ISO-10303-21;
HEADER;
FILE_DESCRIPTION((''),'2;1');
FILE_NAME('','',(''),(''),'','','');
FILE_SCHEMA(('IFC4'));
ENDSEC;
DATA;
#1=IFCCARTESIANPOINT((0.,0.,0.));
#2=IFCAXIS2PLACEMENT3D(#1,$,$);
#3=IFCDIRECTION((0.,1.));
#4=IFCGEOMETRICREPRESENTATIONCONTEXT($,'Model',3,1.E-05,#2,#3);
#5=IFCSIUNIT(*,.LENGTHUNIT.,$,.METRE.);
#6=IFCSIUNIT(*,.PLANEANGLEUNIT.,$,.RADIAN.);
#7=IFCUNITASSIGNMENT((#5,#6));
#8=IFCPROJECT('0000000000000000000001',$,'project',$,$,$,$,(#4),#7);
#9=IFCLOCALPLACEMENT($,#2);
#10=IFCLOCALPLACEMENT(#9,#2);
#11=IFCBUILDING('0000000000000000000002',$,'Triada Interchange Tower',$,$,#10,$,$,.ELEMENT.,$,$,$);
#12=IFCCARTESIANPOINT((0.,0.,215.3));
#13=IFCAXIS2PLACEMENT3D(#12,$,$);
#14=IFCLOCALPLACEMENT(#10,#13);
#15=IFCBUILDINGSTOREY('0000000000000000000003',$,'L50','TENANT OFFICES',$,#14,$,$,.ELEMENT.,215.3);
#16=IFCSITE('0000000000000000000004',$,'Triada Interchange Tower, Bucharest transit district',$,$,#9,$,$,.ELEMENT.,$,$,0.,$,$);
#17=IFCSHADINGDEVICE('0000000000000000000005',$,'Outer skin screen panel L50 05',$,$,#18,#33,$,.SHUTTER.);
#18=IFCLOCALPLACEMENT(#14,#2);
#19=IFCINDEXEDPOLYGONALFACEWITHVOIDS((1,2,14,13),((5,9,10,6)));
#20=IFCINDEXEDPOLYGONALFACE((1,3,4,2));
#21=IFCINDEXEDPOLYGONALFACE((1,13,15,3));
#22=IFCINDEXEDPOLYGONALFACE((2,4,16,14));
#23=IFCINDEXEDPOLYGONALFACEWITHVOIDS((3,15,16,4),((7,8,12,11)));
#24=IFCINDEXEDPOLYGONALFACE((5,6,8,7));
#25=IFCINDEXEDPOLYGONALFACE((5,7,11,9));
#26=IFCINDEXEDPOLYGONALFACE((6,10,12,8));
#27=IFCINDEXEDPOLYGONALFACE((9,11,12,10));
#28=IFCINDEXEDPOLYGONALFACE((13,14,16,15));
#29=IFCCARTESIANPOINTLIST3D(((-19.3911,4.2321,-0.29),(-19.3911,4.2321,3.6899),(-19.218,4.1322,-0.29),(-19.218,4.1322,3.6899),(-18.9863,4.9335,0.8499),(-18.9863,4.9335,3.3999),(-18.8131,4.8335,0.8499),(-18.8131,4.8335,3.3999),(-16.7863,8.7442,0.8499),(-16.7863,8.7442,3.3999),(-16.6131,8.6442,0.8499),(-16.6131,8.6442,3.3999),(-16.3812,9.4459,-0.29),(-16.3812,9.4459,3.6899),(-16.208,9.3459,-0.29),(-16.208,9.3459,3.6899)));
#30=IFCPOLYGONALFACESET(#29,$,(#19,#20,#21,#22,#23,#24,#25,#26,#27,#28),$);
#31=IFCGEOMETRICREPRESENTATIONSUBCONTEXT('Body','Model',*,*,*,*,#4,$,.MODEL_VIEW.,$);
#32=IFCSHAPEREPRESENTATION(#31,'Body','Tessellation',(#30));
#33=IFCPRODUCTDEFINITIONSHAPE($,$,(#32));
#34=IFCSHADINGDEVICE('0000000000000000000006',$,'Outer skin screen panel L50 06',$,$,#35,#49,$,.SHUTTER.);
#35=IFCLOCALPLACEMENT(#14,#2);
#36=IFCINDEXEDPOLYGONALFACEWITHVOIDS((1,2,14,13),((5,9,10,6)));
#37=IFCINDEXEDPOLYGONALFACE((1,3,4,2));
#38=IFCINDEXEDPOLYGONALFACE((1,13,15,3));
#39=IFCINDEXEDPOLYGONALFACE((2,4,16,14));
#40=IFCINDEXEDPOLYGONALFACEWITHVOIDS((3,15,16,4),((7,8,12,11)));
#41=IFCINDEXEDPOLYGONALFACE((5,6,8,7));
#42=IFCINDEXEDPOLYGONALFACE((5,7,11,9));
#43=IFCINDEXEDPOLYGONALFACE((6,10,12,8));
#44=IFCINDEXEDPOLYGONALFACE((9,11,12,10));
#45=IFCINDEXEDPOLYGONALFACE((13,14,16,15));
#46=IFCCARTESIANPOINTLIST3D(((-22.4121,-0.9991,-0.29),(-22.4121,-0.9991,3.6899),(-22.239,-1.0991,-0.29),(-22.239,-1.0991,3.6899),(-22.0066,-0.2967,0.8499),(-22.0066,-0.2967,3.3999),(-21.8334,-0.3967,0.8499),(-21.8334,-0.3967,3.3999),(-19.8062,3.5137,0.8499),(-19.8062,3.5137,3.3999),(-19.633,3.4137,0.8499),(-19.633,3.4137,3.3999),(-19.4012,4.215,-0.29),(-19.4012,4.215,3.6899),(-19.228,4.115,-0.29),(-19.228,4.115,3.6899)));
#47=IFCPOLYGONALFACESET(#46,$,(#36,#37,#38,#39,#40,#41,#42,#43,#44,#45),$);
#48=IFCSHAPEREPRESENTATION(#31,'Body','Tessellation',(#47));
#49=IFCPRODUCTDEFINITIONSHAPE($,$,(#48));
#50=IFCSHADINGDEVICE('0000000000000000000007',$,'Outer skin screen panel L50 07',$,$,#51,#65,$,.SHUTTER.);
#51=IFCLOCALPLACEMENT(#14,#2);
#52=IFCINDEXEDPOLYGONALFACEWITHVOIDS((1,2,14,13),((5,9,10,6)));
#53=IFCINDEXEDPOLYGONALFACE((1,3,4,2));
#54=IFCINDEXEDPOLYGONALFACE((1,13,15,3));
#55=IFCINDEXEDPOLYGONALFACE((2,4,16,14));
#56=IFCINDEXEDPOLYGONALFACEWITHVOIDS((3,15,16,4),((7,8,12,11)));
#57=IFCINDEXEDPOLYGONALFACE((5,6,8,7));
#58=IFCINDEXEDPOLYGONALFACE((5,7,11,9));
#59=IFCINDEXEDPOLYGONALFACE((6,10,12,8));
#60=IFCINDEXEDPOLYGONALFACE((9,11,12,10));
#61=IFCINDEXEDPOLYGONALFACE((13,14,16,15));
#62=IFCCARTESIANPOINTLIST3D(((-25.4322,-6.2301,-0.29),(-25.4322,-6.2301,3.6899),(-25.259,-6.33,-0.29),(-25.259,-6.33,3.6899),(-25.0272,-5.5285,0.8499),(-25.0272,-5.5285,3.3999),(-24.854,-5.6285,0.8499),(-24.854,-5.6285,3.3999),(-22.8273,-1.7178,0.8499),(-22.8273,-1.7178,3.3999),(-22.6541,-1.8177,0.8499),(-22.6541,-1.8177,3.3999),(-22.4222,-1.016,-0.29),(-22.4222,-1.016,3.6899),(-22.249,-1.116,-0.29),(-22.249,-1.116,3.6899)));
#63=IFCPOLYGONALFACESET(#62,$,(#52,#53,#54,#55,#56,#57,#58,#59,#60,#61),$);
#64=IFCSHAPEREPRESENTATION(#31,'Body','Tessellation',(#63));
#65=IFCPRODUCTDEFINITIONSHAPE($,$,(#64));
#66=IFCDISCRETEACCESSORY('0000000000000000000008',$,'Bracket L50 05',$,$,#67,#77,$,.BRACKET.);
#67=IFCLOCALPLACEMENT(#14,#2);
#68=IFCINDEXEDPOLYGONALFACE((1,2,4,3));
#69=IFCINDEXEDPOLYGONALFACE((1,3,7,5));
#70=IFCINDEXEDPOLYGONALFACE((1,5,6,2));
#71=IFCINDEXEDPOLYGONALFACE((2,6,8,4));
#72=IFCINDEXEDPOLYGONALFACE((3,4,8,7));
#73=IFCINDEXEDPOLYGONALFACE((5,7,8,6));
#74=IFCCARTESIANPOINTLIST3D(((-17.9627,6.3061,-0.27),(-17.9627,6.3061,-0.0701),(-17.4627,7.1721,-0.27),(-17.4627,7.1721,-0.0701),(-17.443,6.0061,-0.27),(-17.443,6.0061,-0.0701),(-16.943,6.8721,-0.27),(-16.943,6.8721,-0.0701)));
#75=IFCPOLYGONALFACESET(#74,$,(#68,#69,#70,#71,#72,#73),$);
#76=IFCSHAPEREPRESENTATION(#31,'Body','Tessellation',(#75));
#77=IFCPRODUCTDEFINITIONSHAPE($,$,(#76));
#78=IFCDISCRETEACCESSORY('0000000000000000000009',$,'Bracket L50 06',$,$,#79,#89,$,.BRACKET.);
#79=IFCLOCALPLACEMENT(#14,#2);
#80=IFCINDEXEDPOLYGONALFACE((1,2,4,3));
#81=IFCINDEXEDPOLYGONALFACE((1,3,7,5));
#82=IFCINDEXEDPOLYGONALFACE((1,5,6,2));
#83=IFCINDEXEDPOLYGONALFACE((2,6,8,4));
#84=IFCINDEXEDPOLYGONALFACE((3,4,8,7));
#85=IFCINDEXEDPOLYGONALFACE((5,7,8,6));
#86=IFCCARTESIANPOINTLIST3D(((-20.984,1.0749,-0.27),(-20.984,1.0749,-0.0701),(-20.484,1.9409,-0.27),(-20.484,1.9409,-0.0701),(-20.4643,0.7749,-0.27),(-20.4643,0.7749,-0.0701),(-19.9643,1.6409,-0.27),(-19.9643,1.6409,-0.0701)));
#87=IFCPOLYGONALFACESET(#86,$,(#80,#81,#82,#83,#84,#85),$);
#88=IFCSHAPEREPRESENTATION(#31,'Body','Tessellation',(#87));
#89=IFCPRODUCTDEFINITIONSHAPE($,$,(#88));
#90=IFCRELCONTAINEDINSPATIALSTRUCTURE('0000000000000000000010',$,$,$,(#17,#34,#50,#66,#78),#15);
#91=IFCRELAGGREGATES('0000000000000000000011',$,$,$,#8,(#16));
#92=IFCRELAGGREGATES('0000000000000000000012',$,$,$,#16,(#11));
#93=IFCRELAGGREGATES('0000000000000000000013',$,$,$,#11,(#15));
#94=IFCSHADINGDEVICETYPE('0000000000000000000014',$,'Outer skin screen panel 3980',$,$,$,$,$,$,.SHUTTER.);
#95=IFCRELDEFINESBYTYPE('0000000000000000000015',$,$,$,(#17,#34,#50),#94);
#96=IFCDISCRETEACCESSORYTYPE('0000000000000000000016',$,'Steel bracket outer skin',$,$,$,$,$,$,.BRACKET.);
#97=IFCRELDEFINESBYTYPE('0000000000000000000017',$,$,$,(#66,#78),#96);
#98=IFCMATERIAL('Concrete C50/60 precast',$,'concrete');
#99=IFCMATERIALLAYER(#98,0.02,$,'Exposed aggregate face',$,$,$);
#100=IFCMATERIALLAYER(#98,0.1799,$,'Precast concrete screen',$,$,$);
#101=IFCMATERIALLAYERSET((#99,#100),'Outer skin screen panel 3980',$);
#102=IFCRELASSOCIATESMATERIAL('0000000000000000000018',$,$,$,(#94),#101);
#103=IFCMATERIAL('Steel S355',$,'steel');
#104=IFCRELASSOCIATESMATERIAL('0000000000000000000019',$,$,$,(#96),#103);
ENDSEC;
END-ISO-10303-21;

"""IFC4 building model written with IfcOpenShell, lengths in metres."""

from ifc_helpers import new_model, si_unit, direction, frame, origin, origin_2d, place, context, subcontext, project, spatial, polyline, rectangle, outline, extrude, material, layer, layer_set, type_object, element, save


model = new_model("IFC4")

# Units and contexts
model_context = context("Model", 3, precision=1e-05, world=origin(), true_north=direction((0.0, 1.0)))
body_context = subcontext(model_context, "Body", "Model", "MODEL_VIEW")
ifc_project = project(units=[si_unit("LENGTHUNIT", "METRE"), si_unit("PLANEANGLEUNIT", "RADIAN")], contexts=[model_context])

# Site, building, storey
site_placement = place(None, origin())
site = spatial("IfcSite", under=ifc_project, at=site_placement, Name="Triada Interchange Tower, Bucharest transit district", CompositionType="ELEMENT", RefElevation=0.0)
building_placement = place(site_placement, origin())
building = spatial("IfcBuilding", under=site, at=building_placement, Name="Triada Interchange Tower", CompositionType="ELEMENT")
storey_placement = place(building_placement, frame((0.0, 0.0, 215.3)))
storey = spatial("IfcBuildingStorey", under=building, at=storey_placement, Name="L50", Description="TENANT OFFICES", CompositionType="ELEMENT", Elevation=215.3)

# Shading devices
ifc_material_1 = material(Name="Concrete C50/60 precast", Category="concrete")
ifc_layer_1 = layer(ifc_material_1, 0.02, Name="Exposed aggregate face")
ifc_layer_2 = layer(ifc_material_1, 0.1799, Name="Precast concrete screen")
ifc_layer_set_1 = layer_set([ifc_layer_1, ifc_layer_2], Name="Outer skin screen panel 3980")
shading_device_type = type_object("IfcShadingDeviceType", Name="Outer skin screen panel 3980", PredefinedType="SHUTTER", material=ifc_layer_set_1)
shading_device_1_placement = place(storey_placement, frame((-16.208, 9.3459, -0.29), z_axis=(0.0, 0.0, 1.0), x_axis=(-0.499973, -0.866041, 0.0)))
element("IfcShadingDevice", 1, at=shading_device_1_placement, inside=storey, type_object=shading_device_type, Name="Outer skin screen panel L50 05", PredefinedType="SHUTTER", context=body_context, shape_type="SweptSolid", body=[
    extrude(outline(polyline([(0.0, 0.0), (6.0203, 0.0), (6.0203, 3.98), (0.0, 3.98), (0.0, 0.0)]), holes=[polyline([(0.8103, 1.1399), (0.8103, 3.6899), (5.2104, 3.6899), (5.2104, 1.1399), (0.8103, 1.1399)])]), frame((0.0, 0.0, 0.0), z_axis=(0.0, -1.0, 0.0), x_axis=(1.0, 0.0, 0.0)), (0.0, 0.0, 1.0), 0.2),
])
shading_device_2_placement = place(storey_placement, frame((-19.228, 4.115, -0.29), z_axis=(0.0, 0.0, 1.0), x_axis=(-0.500077, -0.865981, 0.0)))
element("IfcShadingDevice", 2, at=shading_device_2_placement, inside=storey, type_object=shading_device_type, Name="Outer skin screen panel L50 06", PredefinedType="SHUTTER", context=body_context, shape_type="SweptSolid", body=[
    extrude(outline(polyline([(0.0, 0.0), (6.021, 0.0), (6.021, 3.98), (0.0, 3.98), (0.0, 0.0)]), holes=[polyline([(0.8098, 1.1399), (0.8098, 3.6899), (5.21, 3.6899), (5.21, 1.1399), (0.8098, 1.1399)])]), frame((0.0, 0.0, 0.0), z_axis=(0.0, -1.0, 0.0), x_axis=(1.0, 0.0, 0.0)), (0.0, 0.0, 1.0), 0.2),
])
shading_device_3_placement = place(storey_placement, frame((-22.249, -1.116, -0.29), z_axis=(0.0, 0.0, 1.0), x_axis=(-0.499955, -0.866051, 0.0)))
element("IfcShadingDevice", 3, at=shading_device_3_placement, inside=storey, type_object=shading_device_type, Name="Outer skin screen panel L50 07", PredefinedType="SHUTTER", context=body_context, shape_type="SweptSolid", body=[
    extrude(outline(polyline([(0.0, 0.0), (6.0205, 0.0), (6.0205, 3.98), (0.0, 3.98), (0.0, 0.0)]), holes=[polyline([(0.8103, 1.1399), (0.8103, 3.6899), (5.2104, 3.6899), (5.2104, 1.1399), (0.8103, 1.1399)])]), frame((0.0, 0.0, 0.0), z_axis=(0.0, -1.0, 0.0), x_axis=(1.0, 0.0, 0.0)), (0.0, 0.0, 1.0), 0.2),
])

# Discrete accessories
ifc_material_2 = material(Name="Steel S355", Category="steel")
discrete_accessory_type = type_object("IfcDiscreteAccessoryType", Name="Steel bracket outer skin", PredefinedType="BRACKET", material=ifc_material_2)
for number, where, z_axis, x_axis, name in (
    (4, (-17.4529, 6.5891, -0.27), (0.0, 0.0, 1.0), (-0.866025, 0.500001, 0.0), "Bracket L50 05"),
    (5, (-20.4741, 1.3579, -0.27), (0.0, 0.0, 1.0), (-0.866025, 0.500001, 0.0), "Bracket L50 06"),
):
    element("IfcDiscreteAccessory", number, at=place(storey_placement, frame(where, z_axis=z_axis, x_axis=x_axis)), inside=storey, type_object=discrete_accessory_type, Name=name, PredefinedType="BRACKET", context=body_context, shape_type="SweptSolid", body=[
        extrude(rectangle(XDim=0.6001, YDim=1.0, at=origin_2d()), origin(), (0.0, 0.0, 1.0), 0.2),
    ])

save(model, "model.ifc")
